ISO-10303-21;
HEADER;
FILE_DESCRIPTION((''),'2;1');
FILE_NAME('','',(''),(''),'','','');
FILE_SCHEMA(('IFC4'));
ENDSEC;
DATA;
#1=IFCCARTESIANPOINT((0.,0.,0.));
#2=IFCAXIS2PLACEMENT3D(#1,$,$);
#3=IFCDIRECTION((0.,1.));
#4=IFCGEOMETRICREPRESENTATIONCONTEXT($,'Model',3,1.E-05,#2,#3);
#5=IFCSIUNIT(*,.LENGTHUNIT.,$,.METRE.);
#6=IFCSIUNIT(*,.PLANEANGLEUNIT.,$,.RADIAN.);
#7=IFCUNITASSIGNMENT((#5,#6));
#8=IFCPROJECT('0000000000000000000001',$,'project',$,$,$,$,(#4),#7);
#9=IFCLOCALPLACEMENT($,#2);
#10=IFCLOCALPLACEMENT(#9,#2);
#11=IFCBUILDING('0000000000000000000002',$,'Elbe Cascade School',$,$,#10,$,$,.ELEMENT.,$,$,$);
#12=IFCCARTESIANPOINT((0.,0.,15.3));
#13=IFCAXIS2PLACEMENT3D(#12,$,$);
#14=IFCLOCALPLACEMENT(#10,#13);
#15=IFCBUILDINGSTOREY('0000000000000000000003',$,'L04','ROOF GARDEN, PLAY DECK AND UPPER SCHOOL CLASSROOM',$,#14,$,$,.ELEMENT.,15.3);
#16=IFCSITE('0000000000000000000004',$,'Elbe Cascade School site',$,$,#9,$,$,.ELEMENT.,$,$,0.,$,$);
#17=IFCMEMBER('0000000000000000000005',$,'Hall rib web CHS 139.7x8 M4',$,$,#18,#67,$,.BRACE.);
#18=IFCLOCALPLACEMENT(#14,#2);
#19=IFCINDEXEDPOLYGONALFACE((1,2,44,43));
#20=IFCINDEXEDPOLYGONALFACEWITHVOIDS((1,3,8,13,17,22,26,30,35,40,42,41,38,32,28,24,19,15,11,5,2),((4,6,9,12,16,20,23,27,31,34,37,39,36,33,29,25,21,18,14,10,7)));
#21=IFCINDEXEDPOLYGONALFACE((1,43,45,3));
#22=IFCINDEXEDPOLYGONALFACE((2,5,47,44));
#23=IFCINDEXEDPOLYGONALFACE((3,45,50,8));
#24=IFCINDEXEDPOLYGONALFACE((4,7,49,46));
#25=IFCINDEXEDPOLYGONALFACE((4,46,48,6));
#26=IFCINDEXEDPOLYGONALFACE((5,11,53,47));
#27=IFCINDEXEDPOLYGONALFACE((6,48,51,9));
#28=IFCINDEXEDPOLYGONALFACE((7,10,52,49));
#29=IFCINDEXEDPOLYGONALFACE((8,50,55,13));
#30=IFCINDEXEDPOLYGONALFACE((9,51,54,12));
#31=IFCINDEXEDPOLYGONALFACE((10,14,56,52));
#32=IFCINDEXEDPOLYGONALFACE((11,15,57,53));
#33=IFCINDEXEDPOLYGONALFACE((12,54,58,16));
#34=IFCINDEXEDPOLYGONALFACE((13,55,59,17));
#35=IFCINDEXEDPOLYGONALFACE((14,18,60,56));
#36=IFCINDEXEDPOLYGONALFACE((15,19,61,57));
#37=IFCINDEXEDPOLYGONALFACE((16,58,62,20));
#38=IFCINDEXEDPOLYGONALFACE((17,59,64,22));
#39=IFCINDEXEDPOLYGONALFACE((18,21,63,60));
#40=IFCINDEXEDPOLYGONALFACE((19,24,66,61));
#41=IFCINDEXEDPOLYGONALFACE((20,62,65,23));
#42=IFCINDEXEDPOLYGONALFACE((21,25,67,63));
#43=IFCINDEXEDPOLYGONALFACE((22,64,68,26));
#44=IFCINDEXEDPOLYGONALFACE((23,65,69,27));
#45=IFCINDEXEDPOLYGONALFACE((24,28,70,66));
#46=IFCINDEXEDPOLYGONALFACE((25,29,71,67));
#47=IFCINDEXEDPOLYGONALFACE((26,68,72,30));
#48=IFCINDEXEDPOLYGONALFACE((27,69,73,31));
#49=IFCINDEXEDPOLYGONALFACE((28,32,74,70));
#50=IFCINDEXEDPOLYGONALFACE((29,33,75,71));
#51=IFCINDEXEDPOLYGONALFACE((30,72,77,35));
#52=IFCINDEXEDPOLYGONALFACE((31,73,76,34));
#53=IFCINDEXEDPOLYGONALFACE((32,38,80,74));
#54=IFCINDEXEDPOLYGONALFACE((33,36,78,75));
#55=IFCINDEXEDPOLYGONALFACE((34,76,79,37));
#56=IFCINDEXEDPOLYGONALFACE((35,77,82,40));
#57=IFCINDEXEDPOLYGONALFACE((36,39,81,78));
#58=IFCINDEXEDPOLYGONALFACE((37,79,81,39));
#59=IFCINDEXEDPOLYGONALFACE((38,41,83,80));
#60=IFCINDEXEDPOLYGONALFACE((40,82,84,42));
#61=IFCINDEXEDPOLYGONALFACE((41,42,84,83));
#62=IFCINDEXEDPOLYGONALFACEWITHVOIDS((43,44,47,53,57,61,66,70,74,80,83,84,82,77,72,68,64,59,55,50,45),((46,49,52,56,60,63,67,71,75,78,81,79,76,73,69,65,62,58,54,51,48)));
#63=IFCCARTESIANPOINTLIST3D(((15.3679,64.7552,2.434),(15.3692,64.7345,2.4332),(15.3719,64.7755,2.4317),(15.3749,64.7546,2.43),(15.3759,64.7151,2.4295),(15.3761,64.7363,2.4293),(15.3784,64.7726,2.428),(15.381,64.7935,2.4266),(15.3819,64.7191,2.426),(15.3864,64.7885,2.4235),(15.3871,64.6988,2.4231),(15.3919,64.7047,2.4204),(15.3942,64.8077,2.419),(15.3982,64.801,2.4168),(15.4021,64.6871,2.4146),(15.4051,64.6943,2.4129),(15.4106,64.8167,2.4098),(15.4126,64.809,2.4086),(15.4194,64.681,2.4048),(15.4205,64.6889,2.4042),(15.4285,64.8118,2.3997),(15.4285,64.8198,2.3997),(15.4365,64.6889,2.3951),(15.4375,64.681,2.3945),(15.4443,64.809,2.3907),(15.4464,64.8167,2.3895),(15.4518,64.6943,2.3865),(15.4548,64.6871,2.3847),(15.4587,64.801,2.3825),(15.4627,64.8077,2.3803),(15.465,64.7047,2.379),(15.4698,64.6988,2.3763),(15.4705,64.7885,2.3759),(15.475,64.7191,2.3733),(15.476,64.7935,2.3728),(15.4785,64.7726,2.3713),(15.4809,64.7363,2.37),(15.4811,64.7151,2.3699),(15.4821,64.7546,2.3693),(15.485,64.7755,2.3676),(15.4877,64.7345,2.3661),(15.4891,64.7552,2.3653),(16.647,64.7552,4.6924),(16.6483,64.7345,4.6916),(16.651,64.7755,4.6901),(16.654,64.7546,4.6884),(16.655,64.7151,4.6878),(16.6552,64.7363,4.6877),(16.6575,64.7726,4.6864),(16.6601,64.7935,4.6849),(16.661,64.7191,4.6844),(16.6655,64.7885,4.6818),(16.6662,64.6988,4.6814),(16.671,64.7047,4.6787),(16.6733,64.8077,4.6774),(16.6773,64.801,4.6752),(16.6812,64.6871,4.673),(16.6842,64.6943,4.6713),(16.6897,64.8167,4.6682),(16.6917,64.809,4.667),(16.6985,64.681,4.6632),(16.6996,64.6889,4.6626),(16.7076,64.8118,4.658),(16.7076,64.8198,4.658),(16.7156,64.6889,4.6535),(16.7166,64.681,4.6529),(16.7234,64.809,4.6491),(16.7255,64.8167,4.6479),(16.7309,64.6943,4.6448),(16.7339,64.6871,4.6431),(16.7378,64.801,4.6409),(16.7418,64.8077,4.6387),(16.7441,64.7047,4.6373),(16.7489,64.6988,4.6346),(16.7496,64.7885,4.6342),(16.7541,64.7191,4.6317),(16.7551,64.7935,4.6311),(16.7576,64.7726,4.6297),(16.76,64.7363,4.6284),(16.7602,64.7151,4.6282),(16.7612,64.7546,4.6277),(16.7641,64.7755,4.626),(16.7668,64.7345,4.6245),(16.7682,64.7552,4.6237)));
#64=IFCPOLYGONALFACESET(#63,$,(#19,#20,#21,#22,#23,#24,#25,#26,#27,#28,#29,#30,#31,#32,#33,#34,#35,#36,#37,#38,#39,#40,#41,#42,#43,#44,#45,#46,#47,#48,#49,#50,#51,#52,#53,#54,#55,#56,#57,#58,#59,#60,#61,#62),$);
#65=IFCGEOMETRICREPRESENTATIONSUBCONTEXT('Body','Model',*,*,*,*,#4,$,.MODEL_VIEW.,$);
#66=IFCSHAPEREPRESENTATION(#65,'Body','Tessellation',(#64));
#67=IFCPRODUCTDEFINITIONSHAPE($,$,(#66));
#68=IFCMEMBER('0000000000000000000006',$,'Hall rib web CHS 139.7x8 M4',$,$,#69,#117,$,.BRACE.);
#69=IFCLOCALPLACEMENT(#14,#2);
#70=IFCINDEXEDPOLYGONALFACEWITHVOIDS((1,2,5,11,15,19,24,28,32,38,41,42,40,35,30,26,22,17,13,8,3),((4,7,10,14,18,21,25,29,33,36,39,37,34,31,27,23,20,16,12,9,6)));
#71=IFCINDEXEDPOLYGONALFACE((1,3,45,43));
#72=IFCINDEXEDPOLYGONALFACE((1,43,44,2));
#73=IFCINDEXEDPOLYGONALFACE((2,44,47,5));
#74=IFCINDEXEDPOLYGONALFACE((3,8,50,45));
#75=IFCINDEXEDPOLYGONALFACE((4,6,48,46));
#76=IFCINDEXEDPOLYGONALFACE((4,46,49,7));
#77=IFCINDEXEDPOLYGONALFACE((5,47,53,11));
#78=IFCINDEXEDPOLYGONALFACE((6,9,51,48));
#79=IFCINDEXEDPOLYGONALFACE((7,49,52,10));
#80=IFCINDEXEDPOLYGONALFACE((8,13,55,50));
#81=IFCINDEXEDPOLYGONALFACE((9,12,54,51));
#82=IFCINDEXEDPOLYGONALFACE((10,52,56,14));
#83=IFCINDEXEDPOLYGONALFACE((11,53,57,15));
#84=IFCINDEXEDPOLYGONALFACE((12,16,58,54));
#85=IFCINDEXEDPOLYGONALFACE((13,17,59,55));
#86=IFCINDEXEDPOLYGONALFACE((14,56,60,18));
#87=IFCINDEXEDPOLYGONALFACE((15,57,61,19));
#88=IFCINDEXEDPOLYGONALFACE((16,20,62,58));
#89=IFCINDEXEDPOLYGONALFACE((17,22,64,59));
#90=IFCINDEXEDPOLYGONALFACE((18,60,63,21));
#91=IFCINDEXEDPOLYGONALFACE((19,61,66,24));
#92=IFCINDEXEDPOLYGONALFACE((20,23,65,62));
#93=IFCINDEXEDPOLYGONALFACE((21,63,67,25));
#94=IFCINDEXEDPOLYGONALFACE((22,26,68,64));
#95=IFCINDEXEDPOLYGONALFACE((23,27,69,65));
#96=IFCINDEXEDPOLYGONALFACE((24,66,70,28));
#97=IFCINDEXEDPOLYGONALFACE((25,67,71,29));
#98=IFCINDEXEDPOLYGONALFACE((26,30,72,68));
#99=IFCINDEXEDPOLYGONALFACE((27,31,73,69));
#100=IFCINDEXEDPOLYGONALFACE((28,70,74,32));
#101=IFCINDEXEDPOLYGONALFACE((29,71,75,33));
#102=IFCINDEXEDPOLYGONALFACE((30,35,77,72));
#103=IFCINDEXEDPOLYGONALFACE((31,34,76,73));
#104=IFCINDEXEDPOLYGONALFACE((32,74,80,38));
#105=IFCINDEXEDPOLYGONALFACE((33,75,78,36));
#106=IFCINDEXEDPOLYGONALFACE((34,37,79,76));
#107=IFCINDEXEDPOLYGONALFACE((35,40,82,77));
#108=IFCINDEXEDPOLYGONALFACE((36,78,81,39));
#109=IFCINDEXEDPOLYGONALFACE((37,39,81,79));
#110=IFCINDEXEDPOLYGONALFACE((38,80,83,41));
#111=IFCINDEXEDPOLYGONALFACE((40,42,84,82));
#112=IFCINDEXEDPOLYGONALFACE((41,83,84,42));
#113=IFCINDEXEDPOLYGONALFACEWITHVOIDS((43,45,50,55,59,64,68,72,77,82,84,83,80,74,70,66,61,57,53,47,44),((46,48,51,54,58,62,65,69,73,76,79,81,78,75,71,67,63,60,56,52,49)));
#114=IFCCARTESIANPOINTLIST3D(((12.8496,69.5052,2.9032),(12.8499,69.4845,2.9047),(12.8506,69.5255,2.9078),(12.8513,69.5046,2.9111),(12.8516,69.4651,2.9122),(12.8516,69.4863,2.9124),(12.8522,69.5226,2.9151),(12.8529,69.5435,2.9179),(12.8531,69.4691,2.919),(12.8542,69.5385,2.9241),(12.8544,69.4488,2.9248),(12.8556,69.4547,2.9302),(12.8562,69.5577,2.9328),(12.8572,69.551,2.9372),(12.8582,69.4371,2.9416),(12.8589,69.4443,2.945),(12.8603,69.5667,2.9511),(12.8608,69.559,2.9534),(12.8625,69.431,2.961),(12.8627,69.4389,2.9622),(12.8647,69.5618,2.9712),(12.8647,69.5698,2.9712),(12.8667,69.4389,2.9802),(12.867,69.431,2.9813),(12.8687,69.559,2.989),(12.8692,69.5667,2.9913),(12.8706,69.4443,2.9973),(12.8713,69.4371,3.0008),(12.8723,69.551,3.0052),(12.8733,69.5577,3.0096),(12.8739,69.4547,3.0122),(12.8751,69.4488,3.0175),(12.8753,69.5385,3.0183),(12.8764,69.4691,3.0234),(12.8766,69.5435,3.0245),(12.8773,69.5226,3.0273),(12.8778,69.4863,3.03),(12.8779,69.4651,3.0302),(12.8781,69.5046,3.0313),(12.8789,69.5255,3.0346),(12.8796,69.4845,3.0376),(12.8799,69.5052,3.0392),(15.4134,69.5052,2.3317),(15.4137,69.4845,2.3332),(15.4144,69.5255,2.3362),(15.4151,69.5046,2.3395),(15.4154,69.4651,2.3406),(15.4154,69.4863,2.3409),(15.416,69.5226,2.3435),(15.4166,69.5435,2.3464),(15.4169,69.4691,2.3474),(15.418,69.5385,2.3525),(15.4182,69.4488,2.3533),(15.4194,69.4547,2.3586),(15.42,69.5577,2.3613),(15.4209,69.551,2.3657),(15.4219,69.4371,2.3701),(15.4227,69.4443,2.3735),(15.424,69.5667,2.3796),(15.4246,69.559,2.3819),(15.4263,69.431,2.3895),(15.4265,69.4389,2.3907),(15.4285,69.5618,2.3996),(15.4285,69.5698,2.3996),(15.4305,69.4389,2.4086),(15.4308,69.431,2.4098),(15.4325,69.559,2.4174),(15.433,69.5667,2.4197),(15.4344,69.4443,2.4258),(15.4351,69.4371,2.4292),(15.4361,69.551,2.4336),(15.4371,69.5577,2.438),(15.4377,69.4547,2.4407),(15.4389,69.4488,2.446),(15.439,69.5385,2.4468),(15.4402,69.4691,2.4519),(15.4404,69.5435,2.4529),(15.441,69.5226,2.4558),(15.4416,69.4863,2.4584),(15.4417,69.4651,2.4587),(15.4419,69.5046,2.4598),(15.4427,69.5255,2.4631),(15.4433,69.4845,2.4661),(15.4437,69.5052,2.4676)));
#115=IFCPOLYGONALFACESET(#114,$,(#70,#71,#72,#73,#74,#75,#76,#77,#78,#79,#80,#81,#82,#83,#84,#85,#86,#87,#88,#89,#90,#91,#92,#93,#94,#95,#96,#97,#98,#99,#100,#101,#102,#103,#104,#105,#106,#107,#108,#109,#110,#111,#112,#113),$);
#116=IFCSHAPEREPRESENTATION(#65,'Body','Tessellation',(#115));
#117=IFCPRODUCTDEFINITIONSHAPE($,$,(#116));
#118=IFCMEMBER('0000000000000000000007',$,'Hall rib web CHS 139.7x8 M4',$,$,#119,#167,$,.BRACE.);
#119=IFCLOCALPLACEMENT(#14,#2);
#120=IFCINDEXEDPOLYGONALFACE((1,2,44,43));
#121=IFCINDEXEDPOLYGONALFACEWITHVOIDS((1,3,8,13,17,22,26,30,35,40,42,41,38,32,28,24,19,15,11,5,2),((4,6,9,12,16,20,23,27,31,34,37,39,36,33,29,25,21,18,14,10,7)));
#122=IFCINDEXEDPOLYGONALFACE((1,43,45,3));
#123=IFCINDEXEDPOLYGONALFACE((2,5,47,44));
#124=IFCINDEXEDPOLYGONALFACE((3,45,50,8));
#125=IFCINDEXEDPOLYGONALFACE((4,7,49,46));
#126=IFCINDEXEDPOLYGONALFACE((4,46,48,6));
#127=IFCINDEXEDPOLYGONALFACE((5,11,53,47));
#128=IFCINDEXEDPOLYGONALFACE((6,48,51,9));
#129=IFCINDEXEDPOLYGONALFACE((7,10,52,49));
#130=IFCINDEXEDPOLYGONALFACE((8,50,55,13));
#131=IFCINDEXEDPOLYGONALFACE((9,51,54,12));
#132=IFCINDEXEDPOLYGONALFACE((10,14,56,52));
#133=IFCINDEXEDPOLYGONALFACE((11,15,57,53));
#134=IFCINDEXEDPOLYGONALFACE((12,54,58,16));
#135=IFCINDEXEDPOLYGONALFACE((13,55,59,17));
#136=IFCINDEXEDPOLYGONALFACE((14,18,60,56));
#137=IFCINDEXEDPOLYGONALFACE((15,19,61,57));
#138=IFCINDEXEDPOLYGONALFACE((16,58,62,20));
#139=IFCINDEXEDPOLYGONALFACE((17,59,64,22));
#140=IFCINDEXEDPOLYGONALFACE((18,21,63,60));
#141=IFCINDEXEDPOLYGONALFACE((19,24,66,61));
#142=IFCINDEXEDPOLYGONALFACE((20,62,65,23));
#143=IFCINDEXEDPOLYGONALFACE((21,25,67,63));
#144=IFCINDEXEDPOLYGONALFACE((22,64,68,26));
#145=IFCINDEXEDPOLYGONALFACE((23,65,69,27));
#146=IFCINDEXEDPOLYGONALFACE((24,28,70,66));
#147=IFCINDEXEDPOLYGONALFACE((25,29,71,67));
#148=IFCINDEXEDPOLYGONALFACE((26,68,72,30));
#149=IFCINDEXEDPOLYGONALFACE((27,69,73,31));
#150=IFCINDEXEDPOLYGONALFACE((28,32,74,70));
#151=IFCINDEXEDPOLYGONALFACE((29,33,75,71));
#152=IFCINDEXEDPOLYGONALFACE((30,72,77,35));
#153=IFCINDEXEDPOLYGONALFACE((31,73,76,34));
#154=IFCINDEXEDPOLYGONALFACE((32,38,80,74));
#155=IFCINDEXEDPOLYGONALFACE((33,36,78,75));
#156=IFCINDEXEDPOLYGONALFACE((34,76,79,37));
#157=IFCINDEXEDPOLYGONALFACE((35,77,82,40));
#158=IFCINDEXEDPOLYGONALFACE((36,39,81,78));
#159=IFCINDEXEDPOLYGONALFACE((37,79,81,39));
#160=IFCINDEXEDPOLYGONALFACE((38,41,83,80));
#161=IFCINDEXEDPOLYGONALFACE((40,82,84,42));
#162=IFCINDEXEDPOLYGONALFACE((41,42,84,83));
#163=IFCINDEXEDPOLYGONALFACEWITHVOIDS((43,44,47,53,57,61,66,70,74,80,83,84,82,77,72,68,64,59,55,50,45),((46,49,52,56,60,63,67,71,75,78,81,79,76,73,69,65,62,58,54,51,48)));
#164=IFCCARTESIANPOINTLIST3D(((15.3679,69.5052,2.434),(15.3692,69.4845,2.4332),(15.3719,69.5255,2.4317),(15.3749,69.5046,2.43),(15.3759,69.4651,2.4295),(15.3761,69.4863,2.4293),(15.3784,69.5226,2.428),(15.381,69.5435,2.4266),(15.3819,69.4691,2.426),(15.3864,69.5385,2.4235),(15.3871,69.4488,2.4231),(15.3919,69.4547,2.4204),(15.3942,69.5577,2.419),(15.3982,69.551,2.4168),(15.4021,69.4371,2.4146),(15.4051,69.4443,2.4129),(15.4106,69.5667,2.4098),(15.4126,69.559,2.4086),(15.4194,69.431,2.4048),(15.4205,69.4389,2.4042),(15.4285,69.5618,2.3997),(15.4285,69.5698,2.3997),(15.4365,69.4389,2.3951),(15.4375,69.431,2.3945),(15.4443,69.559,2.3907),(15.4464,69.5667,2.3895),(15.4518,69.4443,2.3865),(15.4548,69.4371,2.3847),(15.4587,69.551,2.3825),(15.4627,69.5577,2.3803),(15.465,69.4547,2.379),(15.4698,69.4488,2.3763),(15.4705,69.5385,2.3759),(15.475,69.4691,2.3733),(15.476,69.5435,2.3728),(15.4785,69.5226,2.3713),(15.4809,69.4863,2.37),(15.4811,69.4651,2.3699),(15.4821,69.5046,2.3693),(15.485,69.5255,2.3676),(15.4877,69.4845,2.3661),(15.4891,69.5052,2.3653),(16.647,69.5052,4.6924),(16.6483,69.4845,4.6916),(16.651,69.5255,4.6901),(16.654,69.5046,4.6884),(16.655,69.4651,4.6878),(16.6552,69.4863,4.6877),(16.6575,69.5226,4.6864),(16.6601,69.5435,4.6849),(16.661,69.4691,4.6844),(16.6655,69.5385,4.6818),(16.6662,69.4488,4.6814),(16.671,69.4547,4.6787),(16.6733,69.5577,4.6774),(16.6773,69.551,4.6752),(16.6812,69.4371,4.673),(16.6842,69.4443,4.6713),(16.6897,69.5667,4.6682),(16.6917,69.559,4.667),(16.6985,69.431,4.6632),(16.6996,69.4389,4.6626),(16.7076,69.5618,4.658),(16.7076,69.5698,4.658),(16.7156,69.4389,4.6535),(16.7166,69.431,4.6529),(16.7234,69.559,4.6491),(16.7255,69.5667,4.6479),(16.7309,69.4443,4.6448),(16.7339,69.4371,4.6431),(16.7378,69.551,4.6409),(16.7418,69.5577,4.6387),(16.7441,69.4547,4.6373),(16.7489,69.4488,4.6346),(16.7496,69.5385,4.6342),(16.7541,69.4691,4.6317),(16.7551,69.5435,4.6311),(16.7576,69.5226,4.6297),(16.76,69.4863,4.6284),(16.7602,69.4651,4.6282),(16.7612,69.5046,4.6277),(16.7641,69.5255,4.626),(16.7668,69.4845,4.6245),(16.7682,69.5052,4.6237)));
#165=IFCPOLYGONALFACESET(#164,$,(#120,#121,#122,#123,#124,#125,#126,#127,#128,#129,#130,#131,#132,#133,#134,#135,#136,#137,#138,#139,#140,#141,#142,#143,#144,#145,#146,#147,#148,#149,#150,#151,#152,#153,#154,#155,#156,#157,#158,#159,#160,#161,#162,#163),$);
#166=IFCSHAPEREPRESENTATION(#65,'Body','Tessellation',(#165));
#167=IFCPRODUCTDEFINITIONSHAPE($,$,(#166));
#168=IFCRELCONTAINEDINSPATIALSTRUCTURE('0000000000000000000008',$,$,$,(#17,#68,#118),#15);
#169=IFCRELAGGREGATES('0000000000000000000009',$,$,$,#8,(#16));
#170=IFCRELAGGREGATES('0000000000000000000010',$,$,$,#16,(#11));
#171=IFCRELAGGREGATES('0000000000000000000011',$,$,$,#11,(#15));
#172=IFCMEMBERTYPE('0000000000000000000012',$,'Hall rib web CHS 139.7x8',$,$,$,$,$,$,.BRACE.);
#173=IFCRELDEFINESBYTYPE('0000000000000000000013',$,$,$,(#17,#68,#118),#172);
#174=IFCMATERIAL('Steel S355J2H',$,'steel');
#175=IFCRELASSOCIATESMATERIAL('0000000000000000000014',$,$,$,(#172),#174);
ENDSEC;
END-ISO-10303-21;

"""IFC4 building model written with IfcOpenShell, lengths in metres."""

from ifc_helpers import new_model, si_unit, direction, frame, origin, origin_2d, place, context, subcontext, project, spatial, hollow_circle, extrude, material, material_profile, profile_set, type_object, element, save


model = new_model("IFC4")

# Units and contexts
model_context = context("Model", 3, precision=1e-05, world=origin(), true_north=direction((0.0, 1.0)))
body_context = subcontext(model_context, "Body", "Model", "MODEL_VIEW")
ifc_project = project(units=[si_unit("LENGTHUNIT", "METRE"), si_unit("PLANEANGLEUNIT", "RADIAN")], contexts=[model_context])

# Site, building, storey
site_placement = place(None, origin())
site = spatial("IfcSite", under=ifc_project, at=site_placement, Name="Elbe Cascade School site", CompositionType="ELEMENT", RefElevation=0.0)
building_placement = place(site_placement, origin())
building = spatial("IfcBuilding", under=site, at=building_placement, Name="Elbe Cascade School", CompositionType="ELEMENT")
storey_placement = place(building_placement, frame((0.0, 0.0, 15.3)))
storey = spatial("IfcBuildingStorey", under=building, at=storey_placement, Name="L04", Description="ROOF GARDEN, PLAY DECK AND UPPER SCHOOL CLASSROOM", CompositionType="ELEMENT", Elevation=15.3)

# Members
ifc_material_1 = material(Name="Steel S355J2H", Category="steel")
ifc_material_profile_1 = material_profile(ifc_material_1, hollow_circle(Radius=0.0698, WallThickness=0.0081, at=origin_2d()), Name="CHS 139.7x8")
ifc_profile_set_1 = profile_set([ifc_material_profile_1], Name="Steel S355J2H")
member_type_1 = type_object("IfcMemberType", Name="Hall rib web CHS 139.7x8", PredefinedType="BRACE", material=ifc_profile_set_1)
member_1_placement = place(storey_placement, frame((15.4285, 64.75, 2.3997), z_axis=(0.492823, 0.0, 0.87013), x_axis=(0.0, 1.0, 0.0)))
element("IfcMember", 1, at=member_1_placement, inside=storey, type_object=member_type_1, Name="Hall rib web CHS 139.7x8 M4", PredefinedType="BRACE", context=body_context, shape_type="SweptSolid", body=[
    extrude(hollow_circle(Radius=0.0698, WallThickness=0.0081, at=origin_2d()), origin(), (0.0, 0.0, 1.0), 2.5955),
])
member_2_placement = place(storey_placement, frame((12.8647, 69.5, 2.9712), z_axis=(0.97604, 0.0, -0.21759), x_axis=(0.0, 1.0, 0.0)))
element("IfcMember", 2, at=member_2_placement, inside=storey, type_object=member_type_1, Name="Hall rib web CHS 139.7x8 M4", PredefinedType="BRACE", context=body_context, shape_type="SweptSolid", body=[
    extrude(hollow_circle(Radius=0.0698, WallThickness=0.0081, at=origin_2d()), origin(), (0.0, 0.0, 1.0), 2.6267),
])
member_3_placement = place(storey_placement, frame((15.4285, 69.5, 2.3997), z_axis=(0.492823, 0.0, 0.87013), x_axis=(0.0, 1.0, 0.0)))
element("IfcMember", 3, at=member_3_placement, inside=storey, type_object=member_type_1, Name="Hall rib web CHS 139.7x8 M4", PredefinedType="BRACE", context=body_context, shape_type="SweptSolid", body=[
    extrude(hollow_circle(Radius=0.0698, WallThickness=0.0081, at=origin_2d()), origin(), (0.0, 0.0, 1.0), 2.5955),
])

save(model, "model.ifc")
